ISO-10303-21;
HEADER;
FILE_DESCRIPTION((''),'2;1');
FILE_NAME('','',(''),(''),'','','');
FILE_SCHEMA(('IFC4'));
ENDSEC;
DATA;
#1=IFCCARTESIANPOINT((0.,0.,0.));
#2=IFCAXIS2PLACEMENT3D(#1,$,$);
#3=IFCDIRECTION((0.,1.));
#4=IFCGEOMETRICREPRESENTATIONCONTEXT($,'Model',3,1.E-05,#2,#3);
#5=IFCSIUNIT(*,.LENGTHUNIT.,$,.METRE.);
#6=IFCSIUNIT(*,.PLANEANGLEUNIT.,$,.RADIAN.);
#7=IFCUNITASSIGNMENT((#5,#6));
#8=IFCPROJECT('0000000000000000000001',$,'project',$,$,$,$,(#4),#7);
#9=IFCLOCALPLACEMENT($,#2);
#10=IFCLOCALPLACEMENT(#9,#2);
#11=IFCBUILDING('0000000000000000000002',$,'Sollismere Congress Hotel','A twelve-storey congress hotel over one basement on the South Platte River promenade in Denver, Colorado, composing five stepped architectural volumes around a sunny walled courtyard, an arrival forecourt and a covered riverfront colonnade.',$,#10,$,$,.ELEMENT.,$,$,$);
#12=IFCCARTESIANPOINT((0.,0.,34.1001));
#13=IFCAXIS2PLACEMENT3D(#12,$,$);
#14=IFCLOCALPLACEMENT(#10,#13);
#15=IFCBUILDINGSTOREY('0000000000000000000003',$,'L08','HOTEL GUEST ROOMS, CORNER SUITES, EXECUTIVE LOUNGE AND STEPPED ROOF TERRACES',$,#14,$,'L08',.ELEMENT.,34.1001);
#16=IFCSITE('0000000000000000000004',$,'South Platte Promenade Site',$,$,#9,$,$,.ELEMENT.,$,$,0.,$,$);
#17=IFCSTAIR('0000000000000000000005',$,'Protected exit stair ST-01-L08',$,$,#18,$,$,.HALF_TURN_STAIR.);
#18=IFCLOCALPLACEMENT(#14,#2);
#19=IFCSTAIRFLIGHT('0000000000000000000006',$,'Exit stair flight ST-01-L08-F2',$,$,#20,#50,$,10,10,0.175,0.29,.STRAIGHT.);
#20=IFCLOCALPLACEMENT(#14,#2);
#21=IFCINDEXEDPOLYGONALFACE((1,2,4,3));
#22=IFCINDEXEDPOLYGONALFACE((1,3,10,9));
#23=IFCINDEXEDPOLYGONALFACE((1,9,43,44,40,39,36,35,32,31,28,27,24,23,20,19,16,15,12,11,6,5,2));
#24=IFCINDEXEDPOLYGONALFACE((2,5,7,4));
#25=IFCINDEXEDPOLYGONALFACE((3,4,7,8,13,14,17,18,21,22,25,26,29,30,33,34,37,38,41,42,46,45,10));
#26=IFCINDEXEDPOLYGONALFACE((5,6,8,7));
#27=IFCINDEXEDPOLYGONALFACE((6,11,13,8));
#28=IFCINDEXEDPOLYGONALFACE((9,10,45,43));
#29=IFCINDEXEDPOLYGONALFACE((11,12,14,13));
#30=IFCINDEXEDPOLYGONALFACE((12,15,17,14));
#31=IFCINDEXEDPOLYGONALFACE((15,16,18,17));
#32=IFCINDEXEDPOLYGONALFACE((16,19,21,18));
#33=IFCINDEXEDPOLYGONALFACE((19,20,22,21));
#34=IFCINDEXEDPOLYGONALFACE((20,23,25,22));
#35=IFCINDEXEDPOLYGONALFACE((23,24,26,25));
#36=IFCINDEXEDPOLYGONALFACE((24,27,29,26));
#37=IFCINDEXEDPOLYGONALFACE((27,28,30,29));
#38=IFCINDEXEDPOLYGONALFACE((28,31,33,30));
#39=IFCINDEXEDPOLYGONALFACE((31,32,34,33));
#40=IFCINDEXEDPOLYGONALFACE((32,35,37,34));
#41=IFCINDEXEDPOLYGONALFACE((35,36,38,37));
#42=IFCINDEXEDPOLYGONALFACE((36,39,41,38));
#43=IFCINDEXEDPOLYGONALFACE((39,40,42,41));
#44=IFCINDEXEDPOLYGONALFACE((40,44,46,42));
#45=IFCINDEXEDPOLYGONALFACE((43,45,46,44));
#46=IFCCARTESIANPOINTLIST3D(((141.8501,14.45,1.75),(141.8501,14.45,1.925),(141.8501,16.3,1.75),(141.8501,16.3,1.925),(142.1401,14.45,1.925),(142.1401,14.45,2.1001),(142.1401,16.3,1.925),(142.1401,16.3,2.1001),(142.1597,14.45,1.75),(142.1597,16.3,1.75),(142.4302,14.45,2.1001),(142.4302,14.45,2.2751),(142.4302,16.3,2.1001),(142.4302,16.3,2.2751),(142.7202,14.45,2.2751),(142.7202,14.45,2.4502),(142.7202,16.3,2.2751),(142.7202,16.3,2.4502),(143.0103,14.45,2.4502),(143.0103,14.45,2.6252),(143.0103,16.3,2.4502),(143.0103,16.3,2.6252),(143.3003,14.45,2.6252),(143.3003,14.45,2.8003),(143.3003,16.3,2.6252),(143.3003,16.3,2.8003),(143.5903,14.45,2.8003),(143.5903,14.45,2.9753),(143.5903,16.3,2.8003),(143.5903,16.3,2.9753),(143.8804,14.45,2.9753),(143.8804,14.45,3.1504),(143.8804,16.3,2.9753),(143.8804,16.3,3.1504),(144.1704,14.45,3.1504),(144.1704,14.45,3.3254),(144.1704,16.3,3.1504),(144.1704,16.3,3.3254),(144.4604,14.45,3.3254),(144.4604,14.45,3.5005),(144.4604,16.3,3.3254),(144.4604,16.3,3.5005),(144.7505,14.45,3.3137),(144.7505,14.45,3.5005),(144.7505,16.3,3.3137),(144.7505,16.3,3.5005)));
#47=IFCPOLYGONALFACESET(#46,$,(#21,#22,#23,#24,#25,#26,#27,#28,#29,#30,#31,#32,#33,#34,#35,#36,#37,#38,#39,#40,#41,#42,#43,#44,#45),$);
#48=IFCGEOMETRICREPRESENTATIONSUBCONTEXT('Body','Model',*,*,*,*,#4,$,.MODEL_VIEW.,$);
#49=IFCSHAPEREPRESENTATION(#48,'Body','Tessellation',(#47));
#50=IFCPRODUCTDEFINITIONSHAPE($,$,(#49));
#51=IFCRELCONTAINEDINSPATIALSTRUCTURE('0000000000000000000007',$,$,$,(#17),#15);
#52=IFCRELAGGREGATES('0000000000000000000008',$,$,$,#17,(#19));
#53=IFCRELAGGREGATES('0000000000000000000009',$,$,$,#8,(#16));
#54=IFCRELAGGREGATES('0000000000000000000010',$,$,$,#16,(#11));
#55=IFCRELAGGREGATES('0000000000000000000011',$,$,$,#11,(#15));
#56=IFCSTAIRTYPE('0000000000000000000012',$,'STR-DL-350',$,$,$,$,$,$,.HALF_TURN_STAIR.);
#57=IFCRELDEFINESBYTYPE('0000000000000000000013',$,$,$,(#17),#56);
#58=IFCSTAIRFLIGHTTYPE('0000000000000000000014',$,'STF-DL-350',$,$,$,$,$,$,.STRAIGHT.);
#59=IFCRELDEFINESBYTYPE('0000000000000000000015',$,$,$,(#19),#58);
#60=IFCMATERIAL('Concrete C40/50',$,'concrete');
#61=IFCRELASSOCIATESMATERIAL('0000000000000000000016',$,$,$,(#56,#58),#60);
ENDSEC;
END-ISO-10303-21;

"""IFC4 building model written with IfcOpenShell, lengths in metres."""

from ifc_helpers import new_model, si_unit, direction, frame, origin, place, context, subcontext, project, spatial, polyline, outline, extrude, material, type_object, element, aggregate, save


model = new_model("IFC4")

# Units and contexts
model_context = context("Model", 3, precision=1e-05, world=origin(), true_north=direction((0.0, 1.0)))
body_context = subcontext(model_context, "Body", "Model", "MODEL_VIEW")
ifc_project = project(units=[si_unit("LENGTHUNIT", "METRE"), si_unit("PLANEANGLEUNIT", "RADIAN")], contexts=[model_context])

# Site, building, storey
site_placement = place(None, origin())
site = spatial("IfcSite", under=ifc_project, at=site_placement, Name="South Platte Promenade Site", CompositionType="ELEMENT", RefElevation=0.0)
building_placement = place(site_placement, origin())
building = spatial("IfcBuilding", under=site, at=building_placement, Name="Sollismere Congress Hotel", Description="A twelve-storey congress hotel over one basement on the South Platte River promenade in Denver, Colorado, composing five stepped architectural volumes around a sunny walled courtyard, an arrival forecourt and a covered riverfront colonnade.", CompositionType="ELEMENT")
storey_placement = place(building_placement, frame((0.0, 0.0, 34.1001)))
storey = spatial("IfcBuildingStorey", under=building, at=storey_placement, Name="L08", Description="HOTEL GUEST ROOMS, CORNER SUITES, EXECUTIVE LOUNGE AND STEPPED ROOF TERRACES", LongName="L08", CompositionType="ELEMENT", Elevation=34.1001)

# Stair, stair flight
ifc_material_1 = material(Name="Concrete C40/50", Category="concrete")
stair_type = type_object("IfcStairType", Name="STR-DL-350", PredefinedType="HALF_TURN_STAIR", material=ifc_material_1)
stair_placement = place(storey_placement, origin())
stair = element("IfcStair", 1, at=stair_placement, inside=storey, type_object=stair_type, Name="Protected exit stair ST-01-L08", PredefinedType="HALF_TURN_STAIR")
stair_flight_type = type_object("IfcStairFlightType", Name="STF-DL-350", PredefinedType="STRAIGHT", material=ifc_material_1)
stair_flight_placement = place(storey_placement, frame((141.8501, 15.375, 1.75), z_axis=(0.0, 0.0, 1.0), x_axis=(1.0, 0.0, 0.0)))
stair_flight = element("IfcStairFlight", 2, at=stair_flight_placement, type_object=stair_flight_type, Name="Exit stair flight ST-01-L08-F2", NumberOfRisers=10, NumberOfTreads=10, PredefinedType="STRAIGHT", RiserHeight=0.175, TreadLength=0.29, context=body_context, shape_type="SweptSolid", body=[
    extrude(outline(polyline([(0.0, 0.0), (0.0, 0.175), (0.29, 0.175), (0.29, 0.3501), (0.5801, 0.3501), (0.5801, 0.5251), (0.8701, 0.5251), (0.8701, 0.7002), (1.1602, 0.7002), (1.1602, 0.8752), (1.4502, 0.8752), (1.4502, 1.0503), (1.7402, 1.0503), (1.7402, 1.2253), (2.0303, 1.2253), (2.0303, 1.4004), (2.3203, 1.4004), (2.3203, 1.5754), (2.6104, 1.5754), (2.6104, 1.7505), (2.9004, 1.7505), (2.9004, 1.5637), (0.3096, 0.0), (0.0, 0.0)])), frame((0.0, 0.925, 0.0), z_axis=(0.0, -1.0, 0.0), x_axis=(1.0, 0.0, 0.0)), (0.0, 0.0, 1.0), 1.8501),
])
aggregate(stair, [stair_flight])

save(model, "model.ifc")
